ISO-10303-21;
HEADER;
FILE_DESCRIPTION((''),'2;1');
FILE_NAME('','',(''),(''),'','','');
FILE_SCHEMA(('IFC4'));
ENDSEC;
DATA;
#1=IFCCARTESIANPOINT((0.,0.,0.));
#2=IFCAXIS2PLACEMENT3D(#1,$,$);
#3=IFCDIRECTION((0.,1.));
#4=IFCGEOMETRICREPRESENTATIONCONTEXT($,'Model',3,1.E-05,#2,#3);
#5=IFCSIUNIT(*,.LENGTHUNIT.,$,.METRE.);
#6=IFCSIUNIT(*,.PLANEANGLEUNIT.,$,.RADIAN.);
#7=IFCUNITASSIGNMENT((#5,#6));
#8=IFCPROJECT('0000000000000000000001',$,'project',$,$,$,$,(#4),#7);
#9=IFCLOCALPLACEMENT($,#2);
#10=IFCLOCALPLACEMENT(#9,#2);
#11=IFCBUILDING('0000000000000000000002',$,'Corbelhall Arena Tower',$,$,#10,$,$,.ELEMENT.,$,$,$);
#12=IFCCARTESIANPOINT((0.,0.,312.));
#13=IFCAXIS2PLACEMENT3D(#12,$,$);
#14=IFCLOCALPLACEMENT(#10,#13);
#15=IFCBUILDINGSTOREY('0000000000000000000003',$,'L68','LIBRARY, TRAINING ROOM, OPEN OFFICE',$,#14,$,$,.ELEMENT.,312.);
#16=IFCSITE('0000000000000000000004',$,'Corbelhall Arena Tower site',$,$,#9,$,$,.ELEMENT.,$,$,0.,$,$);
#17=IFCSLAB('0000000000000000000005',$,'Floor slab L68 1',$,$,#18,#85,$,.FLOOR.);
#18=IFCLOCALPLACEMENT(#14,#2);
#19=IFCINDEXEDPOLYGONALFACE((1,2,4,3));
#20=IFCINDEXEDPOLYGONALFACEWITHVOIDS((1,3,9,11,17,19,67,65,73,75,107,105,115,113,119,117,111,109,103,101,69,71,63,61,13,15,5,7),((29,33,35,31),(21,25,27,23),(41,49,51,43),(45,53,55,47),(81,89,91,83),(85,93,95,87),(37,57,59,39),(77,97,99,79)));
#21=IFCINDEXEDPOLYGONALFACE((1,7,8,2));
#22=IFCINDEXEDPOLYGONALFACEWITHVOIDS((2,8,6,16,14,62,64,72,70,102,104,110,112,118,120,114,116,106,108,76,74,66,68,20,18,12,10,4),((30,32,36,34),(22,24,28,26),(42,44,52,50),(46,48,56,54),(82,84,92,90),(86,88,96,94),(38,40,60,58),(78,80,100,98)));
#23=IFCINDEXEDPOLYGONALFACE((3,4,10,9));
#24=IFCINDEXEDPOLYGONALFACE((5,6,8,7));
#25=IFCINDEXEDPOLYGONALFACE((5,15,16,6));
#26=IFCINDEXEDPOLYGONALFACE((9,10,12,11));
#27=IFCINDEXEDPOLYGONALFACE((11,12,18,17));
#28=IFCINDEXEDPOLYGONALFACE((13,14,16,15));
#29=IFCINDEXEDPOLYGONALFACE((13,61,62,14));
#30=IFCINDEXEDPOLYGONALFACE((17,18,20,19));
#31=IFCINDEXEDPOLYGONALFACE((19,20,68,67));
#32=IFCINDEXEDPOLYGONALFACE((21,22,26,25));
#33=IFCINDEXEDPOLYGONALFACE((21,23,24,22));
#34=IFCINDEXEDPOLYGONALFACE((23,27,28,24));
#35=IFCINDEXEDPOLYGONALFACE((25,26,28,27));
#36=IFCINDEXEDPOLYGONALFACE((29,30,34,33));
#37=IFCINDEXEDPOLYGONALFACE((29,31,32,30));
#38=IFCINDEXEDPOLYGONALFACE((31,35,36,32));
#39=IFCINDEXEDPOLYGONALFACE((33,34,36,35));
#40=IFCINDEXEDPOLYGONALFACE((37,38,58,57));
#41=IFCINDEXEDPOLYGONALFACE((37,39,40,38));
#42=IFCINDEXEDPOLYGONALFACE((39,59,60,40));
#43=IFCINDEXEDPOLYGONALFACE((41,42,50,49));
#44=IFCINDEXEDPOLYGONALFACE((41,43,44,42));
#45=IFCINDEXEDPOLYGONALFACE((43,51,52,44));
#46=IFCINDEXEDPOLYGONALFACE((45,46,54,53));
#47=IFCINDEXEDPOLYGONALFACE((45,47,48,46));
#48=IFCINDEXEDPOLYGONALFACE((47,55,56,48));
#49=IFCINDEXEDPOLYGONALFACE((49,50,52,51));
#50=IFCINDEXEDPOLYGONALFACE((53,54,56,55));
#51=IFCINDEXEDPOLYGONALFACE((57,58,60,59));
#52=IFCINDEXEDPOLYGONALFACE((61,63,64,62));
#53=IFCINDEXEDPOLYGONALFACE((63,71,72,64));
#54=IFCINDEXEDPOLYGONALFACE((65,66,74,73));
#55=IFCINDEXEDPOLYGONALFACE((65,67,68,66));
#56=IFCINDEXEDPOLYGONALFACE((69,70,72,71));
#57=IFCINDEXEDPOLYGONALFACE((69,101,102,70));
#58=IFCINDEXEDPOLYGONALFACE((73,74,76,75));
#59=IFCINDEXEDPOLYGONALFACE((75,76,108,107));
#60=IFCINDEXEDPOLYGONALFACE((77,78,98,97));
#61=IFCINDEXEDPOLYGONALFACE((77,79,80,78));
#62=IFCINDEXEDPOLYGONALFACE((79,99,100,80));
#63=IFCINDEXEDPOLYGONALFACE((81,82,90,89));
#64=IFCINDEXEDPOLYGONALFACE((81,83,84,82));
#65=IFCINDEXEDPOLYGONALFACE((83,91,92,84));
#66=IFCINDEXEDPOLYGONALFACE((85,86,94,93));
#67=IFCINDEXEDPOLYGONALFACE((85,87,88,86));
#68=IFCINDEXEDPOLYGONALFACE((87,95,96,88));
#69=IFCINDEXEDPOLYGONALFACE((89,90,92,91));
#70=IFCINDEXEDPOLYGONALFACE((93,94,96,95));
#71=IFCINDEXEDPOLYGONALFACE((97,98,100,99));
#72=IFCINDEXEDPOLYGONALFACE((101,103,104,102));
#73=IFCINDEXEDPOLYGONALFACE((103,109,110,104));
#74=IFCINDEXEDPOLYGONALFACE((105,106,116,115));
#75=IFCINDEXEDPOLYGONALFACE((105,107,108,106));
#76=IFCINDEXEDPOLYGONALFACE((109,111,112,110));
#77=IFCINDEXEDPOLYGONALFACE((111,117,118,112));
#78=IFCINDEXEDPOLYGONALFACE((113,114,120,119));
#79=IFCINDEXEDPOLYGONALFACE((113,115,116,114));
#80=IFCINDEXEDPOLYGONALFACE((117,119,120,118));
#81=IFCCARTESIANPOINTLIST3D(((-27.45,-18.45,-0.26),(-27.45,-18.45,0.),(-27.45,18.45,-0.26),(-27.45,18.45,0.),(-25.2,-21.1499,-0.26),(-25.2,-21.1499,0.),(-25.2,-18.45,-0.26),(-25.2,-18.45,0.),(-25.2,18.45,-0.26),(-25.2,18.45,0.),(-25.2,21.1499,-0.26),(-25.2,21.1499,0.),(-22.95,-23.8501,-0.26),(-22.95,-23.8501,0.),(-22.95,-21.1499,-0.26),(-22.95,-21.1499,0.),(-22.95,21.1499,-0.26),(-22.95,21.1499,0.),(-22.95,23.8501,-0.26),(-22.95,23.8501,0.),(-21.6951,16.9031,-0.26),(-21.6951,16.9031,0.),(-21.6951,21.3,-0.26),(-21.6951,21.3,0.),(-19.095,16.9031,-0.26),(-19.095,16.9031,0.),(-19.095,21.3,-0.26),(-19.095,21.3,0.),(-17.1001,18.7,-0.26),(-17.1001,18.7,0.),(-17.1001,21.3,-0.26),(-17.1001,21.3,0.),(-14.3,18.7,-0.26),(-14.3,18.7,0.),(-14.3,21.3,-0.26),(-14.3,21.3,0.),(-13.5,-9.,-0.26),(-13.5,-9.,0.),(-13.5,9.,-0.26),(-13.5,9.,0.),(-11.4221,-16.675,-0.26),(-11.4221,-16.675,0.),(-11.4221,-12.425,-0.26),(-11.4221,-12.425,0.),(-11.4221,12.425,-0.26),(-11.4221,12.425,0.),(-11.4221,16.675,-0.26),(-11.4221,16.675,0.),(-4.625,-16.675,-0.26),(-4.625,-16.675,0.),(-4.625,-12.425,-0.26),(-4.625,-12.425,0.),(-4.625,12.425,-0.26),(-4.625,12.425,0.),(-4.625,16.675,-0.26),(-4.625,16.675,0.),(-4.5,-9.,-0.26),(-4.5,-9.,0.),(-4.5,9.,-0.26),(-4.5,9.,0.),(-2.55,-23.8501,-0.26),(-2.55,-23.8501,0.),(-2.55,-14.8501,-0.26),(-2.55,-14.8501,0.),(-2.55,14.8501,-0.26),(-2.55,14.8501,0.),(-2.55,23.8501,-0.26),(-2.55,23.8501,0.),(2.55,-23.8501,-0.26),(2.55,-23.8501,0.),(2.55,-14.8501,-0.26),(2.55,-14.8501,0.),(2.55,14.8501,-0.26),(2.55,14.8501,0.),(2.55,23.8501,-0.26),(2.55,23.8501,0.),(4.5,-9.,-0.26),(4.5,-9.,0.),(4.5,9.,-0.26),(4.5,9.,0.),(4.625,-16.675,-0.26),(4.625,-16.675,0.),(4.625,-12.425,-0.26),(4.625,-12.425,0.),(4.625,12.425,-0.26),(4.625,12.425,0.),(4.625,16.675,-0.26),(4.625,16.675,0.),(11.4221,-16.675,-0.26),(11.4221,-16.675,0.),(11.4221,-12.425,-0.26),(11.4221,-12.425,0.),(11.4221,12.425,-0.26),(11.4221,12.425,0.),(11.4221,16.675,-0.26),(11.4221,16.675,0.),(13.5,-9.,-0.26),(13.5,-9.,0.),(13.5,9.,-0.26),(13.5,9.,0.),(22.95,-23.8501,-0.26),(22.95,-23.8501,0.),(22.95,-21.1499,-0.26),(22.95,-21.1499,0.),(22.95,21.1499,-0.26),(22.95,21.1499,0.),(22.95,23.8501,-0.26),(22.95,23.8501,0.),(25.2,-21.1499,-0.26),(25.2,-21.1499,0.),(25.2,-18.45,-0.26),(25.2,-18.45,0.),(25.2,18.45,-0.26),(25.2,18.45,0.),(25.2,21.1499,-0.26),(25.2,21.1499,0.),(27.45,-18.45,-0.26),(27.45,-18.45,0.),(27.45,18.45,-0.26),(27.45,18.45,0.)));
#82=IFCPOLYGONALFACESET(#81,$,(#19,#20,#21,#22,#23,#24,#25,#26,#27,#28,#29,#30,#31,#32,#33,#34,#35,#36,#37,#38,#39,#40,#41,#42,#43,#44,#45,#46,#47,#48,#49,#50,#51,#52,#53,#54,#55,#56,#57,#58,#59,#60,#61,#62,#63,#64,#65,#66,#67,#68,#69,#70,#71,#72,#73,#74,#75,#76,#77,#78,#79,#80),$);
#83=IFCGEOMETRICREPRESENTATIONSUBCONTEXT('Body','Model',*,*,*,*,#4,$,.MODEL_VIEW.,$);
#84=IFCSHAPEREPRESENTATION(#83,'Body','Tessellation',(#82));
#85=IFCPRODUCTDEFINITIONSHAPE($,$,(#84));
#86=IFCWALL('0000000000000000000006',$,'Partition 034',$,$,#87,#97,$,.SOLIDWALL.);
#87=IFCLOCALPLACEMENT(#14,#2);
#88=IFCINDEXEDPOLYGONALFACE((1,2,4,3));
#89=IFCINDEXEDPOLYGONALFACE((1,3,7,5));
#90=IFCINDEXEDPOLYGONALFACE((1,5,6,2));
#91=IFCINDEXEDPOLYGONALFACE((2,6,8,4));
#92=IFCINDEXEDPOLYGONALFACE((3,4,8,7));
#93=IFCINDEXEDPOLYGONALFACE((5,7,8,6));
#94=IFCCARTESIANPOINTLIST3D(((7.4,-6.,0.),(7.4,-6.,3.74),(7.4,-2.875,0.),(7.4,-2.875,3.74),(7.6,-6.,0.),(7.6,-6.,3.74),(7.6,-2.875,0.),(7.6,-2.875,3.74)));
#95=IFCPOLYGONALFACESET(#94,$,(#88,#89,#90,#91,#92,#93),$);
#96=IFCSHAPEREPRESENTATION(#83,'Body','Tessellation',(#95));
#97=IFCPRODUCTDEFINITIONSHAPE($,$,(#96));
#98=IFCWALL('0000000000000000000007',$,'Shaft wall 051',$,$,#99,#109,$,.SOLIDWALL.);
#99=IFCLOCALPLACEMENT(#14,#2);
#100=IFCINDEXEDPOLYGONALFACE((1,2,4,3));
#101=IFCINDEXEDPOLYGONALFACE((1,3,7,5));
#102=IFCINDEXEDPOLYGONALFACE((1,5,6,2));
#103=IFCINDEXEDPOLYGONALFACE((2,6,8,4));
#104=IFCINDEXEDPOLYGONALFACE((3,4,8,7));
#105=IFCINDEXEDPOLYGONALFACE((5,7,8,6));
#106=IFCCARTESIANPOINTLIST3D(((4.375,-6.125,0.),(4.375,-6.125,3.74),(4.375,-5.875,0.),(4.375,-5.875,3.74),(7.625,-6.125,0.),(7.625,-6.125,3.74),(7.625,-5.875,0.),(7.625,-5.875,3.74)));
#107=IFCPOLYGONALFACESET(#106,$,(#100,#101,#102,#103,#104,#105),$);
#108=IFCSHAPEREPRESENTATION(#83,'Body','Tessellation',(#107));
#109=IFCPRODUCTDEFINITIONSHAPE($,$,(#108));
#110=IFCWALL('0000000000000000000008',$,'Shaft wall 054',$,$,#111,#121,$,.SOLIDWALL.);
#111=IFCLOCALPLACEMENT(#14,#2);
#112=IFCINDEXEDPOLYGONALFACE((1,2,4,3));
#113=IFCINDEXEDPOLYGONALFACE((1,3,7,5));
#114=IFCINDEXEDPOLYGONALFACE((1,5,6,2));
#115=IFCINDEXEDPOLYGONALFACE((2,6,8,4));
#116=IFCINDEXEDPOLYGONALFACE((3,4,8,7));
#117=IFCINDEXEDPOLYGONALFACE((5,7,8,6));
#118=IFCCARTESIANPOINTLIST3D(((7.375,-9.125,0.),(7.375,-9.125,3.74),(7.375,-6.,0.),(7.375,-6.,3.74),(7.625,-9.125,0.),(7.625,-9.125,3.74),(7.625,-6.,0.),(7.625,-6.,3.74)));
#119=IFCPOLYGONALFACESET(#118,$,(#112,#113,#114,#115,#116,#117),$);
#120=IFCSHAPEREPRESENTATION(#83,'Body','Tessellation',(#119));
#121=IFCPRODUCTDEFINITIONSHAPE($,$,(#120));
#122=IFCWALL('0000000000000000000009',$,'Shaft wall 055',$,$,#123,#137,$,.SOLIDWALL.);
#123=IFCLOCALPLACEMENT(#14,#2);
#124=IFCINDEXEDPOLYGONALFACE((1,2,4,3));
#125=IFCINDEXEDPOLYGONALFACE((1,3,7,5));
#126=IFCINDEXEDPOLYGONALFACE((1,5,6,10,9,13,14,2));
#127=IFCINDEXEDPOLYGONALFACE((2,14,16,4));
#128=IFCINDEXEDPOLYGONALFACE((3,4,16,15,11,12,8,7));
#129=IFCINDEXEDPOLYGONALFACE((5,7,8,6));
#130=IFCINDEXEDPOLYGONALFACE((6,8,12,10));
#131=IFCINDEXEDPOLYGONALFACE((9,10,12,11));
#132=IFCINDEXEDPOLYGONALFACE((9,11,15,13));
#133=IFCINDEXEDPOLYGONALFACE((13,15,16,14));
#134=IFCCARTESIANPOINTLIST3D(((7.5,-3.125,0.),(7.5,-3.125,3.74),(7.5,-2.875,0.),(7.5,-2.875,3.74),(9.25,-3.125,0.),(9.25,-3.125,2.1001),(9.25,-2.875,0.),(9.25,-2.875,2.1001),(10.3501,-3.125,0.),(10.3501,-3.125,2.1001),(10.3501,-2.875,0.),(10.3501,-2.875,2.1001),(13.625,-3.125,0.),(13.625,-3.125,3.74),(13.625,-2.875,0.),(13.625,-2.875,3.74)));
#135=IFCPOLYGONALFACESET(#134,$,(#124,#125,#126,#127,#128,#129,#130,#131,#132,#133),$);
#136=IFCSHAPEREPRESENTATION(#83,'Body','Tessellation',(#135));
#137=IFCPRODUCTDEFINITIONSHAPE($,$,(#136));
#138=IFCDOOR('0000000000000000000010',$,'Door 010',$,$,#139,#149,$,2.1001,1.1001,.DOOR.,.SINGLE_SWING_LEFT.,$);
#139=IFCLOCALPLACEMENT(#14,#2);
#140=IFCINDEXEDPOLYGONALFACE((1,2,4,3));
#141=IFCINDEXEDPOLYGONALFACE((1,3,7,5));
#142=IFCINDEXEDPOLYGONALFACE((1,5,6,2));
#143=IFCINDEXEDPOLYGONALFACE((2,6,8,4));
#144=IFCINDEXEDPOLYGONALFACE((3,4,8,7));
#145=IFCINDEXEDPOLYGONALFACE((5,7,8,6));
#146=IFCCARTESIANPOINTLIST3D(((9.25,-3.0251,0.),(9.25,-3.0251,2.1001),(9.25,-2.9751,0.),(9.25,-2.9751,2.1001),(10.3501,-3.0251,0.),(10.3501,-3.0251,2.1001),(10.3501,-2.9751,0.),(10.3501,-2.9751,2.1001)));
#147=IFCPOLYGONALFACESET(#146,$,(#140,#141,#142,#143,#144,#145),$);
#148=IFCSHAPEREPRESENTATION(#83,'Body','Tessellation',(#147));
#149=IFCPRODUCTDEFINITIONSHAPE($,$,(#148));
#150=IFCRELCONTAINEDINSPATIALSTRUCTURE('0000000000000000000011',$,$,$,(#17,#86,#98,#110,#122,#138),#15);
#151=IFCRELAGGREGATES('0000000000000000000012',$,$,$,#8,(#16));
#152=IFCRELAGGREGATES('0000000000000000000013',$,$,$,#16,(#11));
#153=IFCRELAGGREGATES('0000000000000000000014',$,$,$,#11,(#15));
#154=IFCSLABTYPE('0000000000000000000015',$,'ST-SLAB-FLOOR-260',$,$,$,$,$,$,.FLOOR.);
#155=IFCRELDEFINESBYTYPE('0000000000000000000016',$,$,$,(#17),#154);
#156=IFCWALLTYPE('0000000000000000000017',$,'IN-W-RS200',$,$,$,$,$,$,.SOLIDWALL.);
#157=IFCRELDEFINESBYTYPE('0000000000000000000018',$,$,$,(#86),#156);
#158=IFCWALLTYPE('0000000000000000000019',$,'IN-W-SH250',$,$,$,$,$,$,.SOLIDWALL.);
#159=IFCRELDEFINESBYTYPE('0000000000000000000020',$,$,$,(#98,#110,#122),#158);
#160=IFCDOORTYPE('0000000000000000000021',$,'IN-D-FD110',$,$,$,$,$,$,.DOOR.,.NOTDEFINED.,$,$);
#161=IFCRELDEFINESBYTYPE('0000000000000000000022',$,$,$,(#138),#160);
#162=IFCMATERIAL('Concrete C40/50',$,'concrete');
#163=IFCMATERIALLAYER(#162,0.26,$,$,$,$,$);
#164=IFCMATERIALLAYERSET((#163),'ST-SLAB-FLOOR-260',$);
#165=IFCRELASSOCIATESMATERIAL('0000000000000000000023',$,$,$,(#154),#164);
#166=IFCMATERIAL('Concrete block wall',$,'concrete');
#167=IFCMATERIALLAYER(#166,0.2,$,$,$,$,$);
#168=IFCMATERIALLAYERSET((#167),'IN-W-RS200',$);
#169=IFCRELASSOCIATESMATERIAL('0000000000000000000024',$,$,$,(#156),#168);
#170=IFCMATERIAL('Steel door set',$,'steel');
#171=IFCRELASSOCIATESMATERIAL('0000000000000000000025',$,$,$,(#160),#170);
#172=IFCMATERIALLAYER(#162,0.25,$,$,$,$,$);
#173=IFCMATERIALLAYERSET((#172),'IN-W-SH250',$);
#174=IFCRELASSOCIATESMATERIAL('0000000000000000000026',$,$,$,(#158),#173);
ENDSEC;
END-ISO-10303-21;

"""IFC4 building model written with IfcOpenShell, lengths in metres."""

from ifc_helpers import new_model, si_unit, direction, frame, frame_2d, origin, place, context, subcontext, project, spatial, polyline, rectangle, outline, extrude, material, layer, layer_set, type_object, element, fill, save


model = new_model("IFC4")

# Units and contexts
model_context = context("Model", 3, precision=1e-05, world=origin(), true_north=direction((0.0, 1.0)))
body_context = subcontext(model_context, "Body", "Model", "MODEL_VIEW")
ifc_project = project(units=[si_unit("LENGTHUNIT", "METRE"), si_unit("PLANEANGLEUNIT", "RADIAN")], contexts=[model_context])

# Site, building, storey
site_placement = place(None, origin())
site = spatial("IfcSite", under=ifc_project, at=site_placement, Name="Corbelhall Arena Tower site", CompositionType="ELEMENT", RefElevation=0.0)
building_placement = place(site_placement, origin())
building = spatial("IfcBuilding", under=site, at=building_placement, Name="Corbelhall Arena Tower", CompositionType="ELEMENT")
storey_placement = place(building_placement, frame((0.0, 0.0, 312.0)))
storey = spatial("IfcBuildingStorey", under=building, at=storey_placement, Name="L68", Description="LIBRARY, TRAINING ROOM, OPEN OFFICE", CompositionType="ELEMENT", Elevation=312.0)

# Shared definitions
ifc_material_1 = material(Name="Concrete C40/50", Category="concrete")

# Slab
ifc_layer_1 = layer(ifc_material_1, 0.26)
ifc_layer_set_1 = layer_set([ifc_layer_1], Name="ST-SLAB-FLOOR-260")
slab_type_1 = type_object("IfcSlabType", Name="ST-SLAB-FLOOR-260", PredefinedType="FLOOR", material=ifc_layer_set_1)
slab_1_placement = place(storey_placement, frame((0.0, 0.0, -0.26)))
element("IfcSlab", 1, at=slab_1_placement, inside=storey, type_object=slab_type_1, Name="Floor slab L68 1", PredefinedType="FLOOR", context=body_context, shape_type="SweptSolid", body=[
    extrude(outline(polyline([(22.95, 23.8501), (2.55, 23.8501), (2.55, 14.8501), (-2.55, 14.8501), (-2.55, 23.8501), (-22.95, 23.8501), (-22.95, 21.1499), (-25.2, 21.1499), (-25.2, 18.45), (-27.45, 18.45), (-27.45, -18.45), (-25.2, -18.45), (-25.2, -21.1499), (-22.95, -21.1499), (-22.95, -23.8501), (-2.55, -23.8501), (-2.55, -14.8501), (2.55, -14.8501), (2.55, -23.8501), (22.95, -23.8501), (22.95, -21.1499), (25.2, -21.1499), (25.2, -18.45), (27.45, -18.45), (27.45, 18.45), (25.2, 18.45), (25.2, 21.1499), (22.95, 21.1499), (22.95, 23.8501)]), holes=[polyline([(-13.5, 9.0), (-13.5, -9.0), (-4.5, -9.0), (-4.5, 9.0), (-13.5, 9.0)]), polyline([(4.5, 9.0), (4.5, -9.0), (13.5, -9.0), (13.5, 9.0), (4.5, 9.0)]), polyline([(-4.625, 16.675), (-11.4221, 16.675), (-11.4221, 12.425), (-4.625, 12.425), (-4.625, 16.675)]), polyline([(-4.625, -16.675), (-4.625, -12.425), (-11.4221, -12.425), (-11.4221, -16.675), (-4.625, -16.675)]), polyline([(11.4221, 16.675), (4.625, 16.675), (4.625, 12.425), (11.4221, 12.425), (11.4221, 16.675)]), polyline([(11.4221, -16.675), (11.4221, -12.425), (4.625, -12.425), (4.625, -16.675), (11.4221, -16.675)]), polyline([(-21.6951, 21.3), (-21.6951, 16.9031), (-19.095, 16.9031), (-19.095, 21.3), (-21.6951, 21.3)]), polyline([(-14.3, 21.3), (-17.1001, 21.3), (-17.1001, 18.7), (-14.3, 18.7), (-14.3, 21.3)])]), origin(), (0.0, 0.0, 1.0), 0.26),
])

# Wall
ifc_material_2 = material(Name="Concrete block wall", Category="concrete")
ifc_layer_2 = layer(ifc_material_2, 0.2)
ifc_layer_set_2 = layer_set([ifc_layer_2], Name="IN-W-RS200")
wall_type_1 = type_object("IfcWallType", Name="IN-W-RS200", PredefinedType="SOLIDWALL", material=ifc_layer_set_2)
wall_1_placement = place(storey_placement, frame((7.5, -2.875, 0.0), z_axis=(0.0, 0.0, 1.0), x_axis=(0.0, -1.0, 0.0)))
element("IfcWall", 2, at=wall_1_placement, inside=storey, type_object=wall_type_1, Name="Partition 034", PredefinedType="SOLIDWALL", context=body_context, shape_type="SweptSolid", body=[
    extrude(rectangle(XDim=3.125, YDim=0.2, at=frame_2d((1.5625, 0.0))), origin(), (0.0, 0.0, 1.0), 3.74),
])

# Shared definitions
ifc_material_3 = material(Name="Steel door set", Category="steel")
door_type_1 = type_object("IfcDoorType", Name="IN-D-FD110", OperationType="NOTDEFINED", PredefinedType="DOOR", material=ifc_material_3)

# Walls
ifc_layer_3 = layer(ifc_material_1, 0.25)
ifc_layer_set_3 = layer_set([ifc_layer_3], Name="IN-W-SH250")
wall_type_2 = type_object("IfcWallType", Name="IN-W-SH250", PredefinedType="SOLIDWALL", material=ifc_layer_set_3)
wall_2_placement = place(storey_placement, frame((4.375, -6.0, 0.0), z_axis=(0.0, 0.0, 1.0), x_axis=(1.0, 0.0, 0.0)))
element("IfcWall", 3, at=wall_2_placement, inside=storey, type_object=wall_type_2, Name="Shaft wall 051", PredefinedType="SOLIDWALL", context=body_context, shape_type="SweptSolid", body=[
    extrude(rectangle(XDim=3.25, YDim=0.25, at=frame_2d((1.625, 0.0))), origin(), (0.0, 0.0, 1.0), 3.74),
])
wall_3_placement = place(storey_placement, frame((7.5, -6.0, 0.0), z_axis=(0.0, 0.0, 1.0), x_axis=(0.0, -1.0, 0.0)))
element("IfcWall", 4, at=wall_3_placement, inside=storey, type_object=wall_type_2, Name="Shaft wall 054", PredefinedType="SOLIDWALL", context=body_context, shape_type="SweptSolid", body=[
    extrude(rectangle(XDim=3.125, YDim=0.25, at=frame_2d((1.5625, 0.0))), origin(), (0.0, 0.0, 1.0), 3.74),
])

# Wall, opening, door
wall_4_placement = place(storey_placement, frame((7.5, -3.0, 0.0), z_axis=(0.0, 0.0, 1.0), x_axis=(1.0, 0.0, 0.0)))
wall_4 = element("IfcWall", 5, at=wall_4_placement, inside=storey, type_object=wall_type_2, Name="Shaft wall 055", PredefinedType="SOLIDWALL", context=body_context, shape_type="SweptSolid", body=[
    extrude(rectangle(XDim=6.125, YDim=0.25, at=frame_2d((3.0625, 0.0))), origin(), (0.0, 0.0, 1.0), 3.74),
])
opening_1_placement = place(wall_4_placement, frame((1.75, 0.0, 0.0)))
opening_1 = element("IfcOpeningElement", 6, at=opening_1_placement, cuts=wall_4, PredefinedType="OPENING", context=body_context, shape_type="SweptSolid", body=[
    extrude(rectangle(XDim=1.1001, YDim=2.1001, at=frame_2d((0.55, 1.05))), frame((0.0, 0.125, 0.0), z_axis=(0.0, -1.0, 0.0), x_axis=(1.0, 0.0, 0.0)), (0.0, 0.0, 1.0), 0.25),
])
door_1_placement = place(opening_1_placement, origin())
door_1 = element("IfcDoor", 7, at=door_1_placement, inside=storey, type_object=door_type_1, Name="Door 010", OperationType="SINGLE_SWING_LEFT", OverallHeight=2.1001, OverallWidth=1.1001, PredefinedType="DOOR", context=body_context, shape_type="SweptSolid", body=[
    extrude(rectangle(XDim=1.1001, YDim=2.1001, at=frame_2d((0.55, 1.05))), frame((0.0, 0.0249, 0.0), z_axis=(0.0, -1.0, 0.0), x_axis=(1.0, 0.0, 0.0)), (0.0, 0.0, 1.0), 0.05),
])
fill(opening_1, door_1)

save(model, "model.ifc")
